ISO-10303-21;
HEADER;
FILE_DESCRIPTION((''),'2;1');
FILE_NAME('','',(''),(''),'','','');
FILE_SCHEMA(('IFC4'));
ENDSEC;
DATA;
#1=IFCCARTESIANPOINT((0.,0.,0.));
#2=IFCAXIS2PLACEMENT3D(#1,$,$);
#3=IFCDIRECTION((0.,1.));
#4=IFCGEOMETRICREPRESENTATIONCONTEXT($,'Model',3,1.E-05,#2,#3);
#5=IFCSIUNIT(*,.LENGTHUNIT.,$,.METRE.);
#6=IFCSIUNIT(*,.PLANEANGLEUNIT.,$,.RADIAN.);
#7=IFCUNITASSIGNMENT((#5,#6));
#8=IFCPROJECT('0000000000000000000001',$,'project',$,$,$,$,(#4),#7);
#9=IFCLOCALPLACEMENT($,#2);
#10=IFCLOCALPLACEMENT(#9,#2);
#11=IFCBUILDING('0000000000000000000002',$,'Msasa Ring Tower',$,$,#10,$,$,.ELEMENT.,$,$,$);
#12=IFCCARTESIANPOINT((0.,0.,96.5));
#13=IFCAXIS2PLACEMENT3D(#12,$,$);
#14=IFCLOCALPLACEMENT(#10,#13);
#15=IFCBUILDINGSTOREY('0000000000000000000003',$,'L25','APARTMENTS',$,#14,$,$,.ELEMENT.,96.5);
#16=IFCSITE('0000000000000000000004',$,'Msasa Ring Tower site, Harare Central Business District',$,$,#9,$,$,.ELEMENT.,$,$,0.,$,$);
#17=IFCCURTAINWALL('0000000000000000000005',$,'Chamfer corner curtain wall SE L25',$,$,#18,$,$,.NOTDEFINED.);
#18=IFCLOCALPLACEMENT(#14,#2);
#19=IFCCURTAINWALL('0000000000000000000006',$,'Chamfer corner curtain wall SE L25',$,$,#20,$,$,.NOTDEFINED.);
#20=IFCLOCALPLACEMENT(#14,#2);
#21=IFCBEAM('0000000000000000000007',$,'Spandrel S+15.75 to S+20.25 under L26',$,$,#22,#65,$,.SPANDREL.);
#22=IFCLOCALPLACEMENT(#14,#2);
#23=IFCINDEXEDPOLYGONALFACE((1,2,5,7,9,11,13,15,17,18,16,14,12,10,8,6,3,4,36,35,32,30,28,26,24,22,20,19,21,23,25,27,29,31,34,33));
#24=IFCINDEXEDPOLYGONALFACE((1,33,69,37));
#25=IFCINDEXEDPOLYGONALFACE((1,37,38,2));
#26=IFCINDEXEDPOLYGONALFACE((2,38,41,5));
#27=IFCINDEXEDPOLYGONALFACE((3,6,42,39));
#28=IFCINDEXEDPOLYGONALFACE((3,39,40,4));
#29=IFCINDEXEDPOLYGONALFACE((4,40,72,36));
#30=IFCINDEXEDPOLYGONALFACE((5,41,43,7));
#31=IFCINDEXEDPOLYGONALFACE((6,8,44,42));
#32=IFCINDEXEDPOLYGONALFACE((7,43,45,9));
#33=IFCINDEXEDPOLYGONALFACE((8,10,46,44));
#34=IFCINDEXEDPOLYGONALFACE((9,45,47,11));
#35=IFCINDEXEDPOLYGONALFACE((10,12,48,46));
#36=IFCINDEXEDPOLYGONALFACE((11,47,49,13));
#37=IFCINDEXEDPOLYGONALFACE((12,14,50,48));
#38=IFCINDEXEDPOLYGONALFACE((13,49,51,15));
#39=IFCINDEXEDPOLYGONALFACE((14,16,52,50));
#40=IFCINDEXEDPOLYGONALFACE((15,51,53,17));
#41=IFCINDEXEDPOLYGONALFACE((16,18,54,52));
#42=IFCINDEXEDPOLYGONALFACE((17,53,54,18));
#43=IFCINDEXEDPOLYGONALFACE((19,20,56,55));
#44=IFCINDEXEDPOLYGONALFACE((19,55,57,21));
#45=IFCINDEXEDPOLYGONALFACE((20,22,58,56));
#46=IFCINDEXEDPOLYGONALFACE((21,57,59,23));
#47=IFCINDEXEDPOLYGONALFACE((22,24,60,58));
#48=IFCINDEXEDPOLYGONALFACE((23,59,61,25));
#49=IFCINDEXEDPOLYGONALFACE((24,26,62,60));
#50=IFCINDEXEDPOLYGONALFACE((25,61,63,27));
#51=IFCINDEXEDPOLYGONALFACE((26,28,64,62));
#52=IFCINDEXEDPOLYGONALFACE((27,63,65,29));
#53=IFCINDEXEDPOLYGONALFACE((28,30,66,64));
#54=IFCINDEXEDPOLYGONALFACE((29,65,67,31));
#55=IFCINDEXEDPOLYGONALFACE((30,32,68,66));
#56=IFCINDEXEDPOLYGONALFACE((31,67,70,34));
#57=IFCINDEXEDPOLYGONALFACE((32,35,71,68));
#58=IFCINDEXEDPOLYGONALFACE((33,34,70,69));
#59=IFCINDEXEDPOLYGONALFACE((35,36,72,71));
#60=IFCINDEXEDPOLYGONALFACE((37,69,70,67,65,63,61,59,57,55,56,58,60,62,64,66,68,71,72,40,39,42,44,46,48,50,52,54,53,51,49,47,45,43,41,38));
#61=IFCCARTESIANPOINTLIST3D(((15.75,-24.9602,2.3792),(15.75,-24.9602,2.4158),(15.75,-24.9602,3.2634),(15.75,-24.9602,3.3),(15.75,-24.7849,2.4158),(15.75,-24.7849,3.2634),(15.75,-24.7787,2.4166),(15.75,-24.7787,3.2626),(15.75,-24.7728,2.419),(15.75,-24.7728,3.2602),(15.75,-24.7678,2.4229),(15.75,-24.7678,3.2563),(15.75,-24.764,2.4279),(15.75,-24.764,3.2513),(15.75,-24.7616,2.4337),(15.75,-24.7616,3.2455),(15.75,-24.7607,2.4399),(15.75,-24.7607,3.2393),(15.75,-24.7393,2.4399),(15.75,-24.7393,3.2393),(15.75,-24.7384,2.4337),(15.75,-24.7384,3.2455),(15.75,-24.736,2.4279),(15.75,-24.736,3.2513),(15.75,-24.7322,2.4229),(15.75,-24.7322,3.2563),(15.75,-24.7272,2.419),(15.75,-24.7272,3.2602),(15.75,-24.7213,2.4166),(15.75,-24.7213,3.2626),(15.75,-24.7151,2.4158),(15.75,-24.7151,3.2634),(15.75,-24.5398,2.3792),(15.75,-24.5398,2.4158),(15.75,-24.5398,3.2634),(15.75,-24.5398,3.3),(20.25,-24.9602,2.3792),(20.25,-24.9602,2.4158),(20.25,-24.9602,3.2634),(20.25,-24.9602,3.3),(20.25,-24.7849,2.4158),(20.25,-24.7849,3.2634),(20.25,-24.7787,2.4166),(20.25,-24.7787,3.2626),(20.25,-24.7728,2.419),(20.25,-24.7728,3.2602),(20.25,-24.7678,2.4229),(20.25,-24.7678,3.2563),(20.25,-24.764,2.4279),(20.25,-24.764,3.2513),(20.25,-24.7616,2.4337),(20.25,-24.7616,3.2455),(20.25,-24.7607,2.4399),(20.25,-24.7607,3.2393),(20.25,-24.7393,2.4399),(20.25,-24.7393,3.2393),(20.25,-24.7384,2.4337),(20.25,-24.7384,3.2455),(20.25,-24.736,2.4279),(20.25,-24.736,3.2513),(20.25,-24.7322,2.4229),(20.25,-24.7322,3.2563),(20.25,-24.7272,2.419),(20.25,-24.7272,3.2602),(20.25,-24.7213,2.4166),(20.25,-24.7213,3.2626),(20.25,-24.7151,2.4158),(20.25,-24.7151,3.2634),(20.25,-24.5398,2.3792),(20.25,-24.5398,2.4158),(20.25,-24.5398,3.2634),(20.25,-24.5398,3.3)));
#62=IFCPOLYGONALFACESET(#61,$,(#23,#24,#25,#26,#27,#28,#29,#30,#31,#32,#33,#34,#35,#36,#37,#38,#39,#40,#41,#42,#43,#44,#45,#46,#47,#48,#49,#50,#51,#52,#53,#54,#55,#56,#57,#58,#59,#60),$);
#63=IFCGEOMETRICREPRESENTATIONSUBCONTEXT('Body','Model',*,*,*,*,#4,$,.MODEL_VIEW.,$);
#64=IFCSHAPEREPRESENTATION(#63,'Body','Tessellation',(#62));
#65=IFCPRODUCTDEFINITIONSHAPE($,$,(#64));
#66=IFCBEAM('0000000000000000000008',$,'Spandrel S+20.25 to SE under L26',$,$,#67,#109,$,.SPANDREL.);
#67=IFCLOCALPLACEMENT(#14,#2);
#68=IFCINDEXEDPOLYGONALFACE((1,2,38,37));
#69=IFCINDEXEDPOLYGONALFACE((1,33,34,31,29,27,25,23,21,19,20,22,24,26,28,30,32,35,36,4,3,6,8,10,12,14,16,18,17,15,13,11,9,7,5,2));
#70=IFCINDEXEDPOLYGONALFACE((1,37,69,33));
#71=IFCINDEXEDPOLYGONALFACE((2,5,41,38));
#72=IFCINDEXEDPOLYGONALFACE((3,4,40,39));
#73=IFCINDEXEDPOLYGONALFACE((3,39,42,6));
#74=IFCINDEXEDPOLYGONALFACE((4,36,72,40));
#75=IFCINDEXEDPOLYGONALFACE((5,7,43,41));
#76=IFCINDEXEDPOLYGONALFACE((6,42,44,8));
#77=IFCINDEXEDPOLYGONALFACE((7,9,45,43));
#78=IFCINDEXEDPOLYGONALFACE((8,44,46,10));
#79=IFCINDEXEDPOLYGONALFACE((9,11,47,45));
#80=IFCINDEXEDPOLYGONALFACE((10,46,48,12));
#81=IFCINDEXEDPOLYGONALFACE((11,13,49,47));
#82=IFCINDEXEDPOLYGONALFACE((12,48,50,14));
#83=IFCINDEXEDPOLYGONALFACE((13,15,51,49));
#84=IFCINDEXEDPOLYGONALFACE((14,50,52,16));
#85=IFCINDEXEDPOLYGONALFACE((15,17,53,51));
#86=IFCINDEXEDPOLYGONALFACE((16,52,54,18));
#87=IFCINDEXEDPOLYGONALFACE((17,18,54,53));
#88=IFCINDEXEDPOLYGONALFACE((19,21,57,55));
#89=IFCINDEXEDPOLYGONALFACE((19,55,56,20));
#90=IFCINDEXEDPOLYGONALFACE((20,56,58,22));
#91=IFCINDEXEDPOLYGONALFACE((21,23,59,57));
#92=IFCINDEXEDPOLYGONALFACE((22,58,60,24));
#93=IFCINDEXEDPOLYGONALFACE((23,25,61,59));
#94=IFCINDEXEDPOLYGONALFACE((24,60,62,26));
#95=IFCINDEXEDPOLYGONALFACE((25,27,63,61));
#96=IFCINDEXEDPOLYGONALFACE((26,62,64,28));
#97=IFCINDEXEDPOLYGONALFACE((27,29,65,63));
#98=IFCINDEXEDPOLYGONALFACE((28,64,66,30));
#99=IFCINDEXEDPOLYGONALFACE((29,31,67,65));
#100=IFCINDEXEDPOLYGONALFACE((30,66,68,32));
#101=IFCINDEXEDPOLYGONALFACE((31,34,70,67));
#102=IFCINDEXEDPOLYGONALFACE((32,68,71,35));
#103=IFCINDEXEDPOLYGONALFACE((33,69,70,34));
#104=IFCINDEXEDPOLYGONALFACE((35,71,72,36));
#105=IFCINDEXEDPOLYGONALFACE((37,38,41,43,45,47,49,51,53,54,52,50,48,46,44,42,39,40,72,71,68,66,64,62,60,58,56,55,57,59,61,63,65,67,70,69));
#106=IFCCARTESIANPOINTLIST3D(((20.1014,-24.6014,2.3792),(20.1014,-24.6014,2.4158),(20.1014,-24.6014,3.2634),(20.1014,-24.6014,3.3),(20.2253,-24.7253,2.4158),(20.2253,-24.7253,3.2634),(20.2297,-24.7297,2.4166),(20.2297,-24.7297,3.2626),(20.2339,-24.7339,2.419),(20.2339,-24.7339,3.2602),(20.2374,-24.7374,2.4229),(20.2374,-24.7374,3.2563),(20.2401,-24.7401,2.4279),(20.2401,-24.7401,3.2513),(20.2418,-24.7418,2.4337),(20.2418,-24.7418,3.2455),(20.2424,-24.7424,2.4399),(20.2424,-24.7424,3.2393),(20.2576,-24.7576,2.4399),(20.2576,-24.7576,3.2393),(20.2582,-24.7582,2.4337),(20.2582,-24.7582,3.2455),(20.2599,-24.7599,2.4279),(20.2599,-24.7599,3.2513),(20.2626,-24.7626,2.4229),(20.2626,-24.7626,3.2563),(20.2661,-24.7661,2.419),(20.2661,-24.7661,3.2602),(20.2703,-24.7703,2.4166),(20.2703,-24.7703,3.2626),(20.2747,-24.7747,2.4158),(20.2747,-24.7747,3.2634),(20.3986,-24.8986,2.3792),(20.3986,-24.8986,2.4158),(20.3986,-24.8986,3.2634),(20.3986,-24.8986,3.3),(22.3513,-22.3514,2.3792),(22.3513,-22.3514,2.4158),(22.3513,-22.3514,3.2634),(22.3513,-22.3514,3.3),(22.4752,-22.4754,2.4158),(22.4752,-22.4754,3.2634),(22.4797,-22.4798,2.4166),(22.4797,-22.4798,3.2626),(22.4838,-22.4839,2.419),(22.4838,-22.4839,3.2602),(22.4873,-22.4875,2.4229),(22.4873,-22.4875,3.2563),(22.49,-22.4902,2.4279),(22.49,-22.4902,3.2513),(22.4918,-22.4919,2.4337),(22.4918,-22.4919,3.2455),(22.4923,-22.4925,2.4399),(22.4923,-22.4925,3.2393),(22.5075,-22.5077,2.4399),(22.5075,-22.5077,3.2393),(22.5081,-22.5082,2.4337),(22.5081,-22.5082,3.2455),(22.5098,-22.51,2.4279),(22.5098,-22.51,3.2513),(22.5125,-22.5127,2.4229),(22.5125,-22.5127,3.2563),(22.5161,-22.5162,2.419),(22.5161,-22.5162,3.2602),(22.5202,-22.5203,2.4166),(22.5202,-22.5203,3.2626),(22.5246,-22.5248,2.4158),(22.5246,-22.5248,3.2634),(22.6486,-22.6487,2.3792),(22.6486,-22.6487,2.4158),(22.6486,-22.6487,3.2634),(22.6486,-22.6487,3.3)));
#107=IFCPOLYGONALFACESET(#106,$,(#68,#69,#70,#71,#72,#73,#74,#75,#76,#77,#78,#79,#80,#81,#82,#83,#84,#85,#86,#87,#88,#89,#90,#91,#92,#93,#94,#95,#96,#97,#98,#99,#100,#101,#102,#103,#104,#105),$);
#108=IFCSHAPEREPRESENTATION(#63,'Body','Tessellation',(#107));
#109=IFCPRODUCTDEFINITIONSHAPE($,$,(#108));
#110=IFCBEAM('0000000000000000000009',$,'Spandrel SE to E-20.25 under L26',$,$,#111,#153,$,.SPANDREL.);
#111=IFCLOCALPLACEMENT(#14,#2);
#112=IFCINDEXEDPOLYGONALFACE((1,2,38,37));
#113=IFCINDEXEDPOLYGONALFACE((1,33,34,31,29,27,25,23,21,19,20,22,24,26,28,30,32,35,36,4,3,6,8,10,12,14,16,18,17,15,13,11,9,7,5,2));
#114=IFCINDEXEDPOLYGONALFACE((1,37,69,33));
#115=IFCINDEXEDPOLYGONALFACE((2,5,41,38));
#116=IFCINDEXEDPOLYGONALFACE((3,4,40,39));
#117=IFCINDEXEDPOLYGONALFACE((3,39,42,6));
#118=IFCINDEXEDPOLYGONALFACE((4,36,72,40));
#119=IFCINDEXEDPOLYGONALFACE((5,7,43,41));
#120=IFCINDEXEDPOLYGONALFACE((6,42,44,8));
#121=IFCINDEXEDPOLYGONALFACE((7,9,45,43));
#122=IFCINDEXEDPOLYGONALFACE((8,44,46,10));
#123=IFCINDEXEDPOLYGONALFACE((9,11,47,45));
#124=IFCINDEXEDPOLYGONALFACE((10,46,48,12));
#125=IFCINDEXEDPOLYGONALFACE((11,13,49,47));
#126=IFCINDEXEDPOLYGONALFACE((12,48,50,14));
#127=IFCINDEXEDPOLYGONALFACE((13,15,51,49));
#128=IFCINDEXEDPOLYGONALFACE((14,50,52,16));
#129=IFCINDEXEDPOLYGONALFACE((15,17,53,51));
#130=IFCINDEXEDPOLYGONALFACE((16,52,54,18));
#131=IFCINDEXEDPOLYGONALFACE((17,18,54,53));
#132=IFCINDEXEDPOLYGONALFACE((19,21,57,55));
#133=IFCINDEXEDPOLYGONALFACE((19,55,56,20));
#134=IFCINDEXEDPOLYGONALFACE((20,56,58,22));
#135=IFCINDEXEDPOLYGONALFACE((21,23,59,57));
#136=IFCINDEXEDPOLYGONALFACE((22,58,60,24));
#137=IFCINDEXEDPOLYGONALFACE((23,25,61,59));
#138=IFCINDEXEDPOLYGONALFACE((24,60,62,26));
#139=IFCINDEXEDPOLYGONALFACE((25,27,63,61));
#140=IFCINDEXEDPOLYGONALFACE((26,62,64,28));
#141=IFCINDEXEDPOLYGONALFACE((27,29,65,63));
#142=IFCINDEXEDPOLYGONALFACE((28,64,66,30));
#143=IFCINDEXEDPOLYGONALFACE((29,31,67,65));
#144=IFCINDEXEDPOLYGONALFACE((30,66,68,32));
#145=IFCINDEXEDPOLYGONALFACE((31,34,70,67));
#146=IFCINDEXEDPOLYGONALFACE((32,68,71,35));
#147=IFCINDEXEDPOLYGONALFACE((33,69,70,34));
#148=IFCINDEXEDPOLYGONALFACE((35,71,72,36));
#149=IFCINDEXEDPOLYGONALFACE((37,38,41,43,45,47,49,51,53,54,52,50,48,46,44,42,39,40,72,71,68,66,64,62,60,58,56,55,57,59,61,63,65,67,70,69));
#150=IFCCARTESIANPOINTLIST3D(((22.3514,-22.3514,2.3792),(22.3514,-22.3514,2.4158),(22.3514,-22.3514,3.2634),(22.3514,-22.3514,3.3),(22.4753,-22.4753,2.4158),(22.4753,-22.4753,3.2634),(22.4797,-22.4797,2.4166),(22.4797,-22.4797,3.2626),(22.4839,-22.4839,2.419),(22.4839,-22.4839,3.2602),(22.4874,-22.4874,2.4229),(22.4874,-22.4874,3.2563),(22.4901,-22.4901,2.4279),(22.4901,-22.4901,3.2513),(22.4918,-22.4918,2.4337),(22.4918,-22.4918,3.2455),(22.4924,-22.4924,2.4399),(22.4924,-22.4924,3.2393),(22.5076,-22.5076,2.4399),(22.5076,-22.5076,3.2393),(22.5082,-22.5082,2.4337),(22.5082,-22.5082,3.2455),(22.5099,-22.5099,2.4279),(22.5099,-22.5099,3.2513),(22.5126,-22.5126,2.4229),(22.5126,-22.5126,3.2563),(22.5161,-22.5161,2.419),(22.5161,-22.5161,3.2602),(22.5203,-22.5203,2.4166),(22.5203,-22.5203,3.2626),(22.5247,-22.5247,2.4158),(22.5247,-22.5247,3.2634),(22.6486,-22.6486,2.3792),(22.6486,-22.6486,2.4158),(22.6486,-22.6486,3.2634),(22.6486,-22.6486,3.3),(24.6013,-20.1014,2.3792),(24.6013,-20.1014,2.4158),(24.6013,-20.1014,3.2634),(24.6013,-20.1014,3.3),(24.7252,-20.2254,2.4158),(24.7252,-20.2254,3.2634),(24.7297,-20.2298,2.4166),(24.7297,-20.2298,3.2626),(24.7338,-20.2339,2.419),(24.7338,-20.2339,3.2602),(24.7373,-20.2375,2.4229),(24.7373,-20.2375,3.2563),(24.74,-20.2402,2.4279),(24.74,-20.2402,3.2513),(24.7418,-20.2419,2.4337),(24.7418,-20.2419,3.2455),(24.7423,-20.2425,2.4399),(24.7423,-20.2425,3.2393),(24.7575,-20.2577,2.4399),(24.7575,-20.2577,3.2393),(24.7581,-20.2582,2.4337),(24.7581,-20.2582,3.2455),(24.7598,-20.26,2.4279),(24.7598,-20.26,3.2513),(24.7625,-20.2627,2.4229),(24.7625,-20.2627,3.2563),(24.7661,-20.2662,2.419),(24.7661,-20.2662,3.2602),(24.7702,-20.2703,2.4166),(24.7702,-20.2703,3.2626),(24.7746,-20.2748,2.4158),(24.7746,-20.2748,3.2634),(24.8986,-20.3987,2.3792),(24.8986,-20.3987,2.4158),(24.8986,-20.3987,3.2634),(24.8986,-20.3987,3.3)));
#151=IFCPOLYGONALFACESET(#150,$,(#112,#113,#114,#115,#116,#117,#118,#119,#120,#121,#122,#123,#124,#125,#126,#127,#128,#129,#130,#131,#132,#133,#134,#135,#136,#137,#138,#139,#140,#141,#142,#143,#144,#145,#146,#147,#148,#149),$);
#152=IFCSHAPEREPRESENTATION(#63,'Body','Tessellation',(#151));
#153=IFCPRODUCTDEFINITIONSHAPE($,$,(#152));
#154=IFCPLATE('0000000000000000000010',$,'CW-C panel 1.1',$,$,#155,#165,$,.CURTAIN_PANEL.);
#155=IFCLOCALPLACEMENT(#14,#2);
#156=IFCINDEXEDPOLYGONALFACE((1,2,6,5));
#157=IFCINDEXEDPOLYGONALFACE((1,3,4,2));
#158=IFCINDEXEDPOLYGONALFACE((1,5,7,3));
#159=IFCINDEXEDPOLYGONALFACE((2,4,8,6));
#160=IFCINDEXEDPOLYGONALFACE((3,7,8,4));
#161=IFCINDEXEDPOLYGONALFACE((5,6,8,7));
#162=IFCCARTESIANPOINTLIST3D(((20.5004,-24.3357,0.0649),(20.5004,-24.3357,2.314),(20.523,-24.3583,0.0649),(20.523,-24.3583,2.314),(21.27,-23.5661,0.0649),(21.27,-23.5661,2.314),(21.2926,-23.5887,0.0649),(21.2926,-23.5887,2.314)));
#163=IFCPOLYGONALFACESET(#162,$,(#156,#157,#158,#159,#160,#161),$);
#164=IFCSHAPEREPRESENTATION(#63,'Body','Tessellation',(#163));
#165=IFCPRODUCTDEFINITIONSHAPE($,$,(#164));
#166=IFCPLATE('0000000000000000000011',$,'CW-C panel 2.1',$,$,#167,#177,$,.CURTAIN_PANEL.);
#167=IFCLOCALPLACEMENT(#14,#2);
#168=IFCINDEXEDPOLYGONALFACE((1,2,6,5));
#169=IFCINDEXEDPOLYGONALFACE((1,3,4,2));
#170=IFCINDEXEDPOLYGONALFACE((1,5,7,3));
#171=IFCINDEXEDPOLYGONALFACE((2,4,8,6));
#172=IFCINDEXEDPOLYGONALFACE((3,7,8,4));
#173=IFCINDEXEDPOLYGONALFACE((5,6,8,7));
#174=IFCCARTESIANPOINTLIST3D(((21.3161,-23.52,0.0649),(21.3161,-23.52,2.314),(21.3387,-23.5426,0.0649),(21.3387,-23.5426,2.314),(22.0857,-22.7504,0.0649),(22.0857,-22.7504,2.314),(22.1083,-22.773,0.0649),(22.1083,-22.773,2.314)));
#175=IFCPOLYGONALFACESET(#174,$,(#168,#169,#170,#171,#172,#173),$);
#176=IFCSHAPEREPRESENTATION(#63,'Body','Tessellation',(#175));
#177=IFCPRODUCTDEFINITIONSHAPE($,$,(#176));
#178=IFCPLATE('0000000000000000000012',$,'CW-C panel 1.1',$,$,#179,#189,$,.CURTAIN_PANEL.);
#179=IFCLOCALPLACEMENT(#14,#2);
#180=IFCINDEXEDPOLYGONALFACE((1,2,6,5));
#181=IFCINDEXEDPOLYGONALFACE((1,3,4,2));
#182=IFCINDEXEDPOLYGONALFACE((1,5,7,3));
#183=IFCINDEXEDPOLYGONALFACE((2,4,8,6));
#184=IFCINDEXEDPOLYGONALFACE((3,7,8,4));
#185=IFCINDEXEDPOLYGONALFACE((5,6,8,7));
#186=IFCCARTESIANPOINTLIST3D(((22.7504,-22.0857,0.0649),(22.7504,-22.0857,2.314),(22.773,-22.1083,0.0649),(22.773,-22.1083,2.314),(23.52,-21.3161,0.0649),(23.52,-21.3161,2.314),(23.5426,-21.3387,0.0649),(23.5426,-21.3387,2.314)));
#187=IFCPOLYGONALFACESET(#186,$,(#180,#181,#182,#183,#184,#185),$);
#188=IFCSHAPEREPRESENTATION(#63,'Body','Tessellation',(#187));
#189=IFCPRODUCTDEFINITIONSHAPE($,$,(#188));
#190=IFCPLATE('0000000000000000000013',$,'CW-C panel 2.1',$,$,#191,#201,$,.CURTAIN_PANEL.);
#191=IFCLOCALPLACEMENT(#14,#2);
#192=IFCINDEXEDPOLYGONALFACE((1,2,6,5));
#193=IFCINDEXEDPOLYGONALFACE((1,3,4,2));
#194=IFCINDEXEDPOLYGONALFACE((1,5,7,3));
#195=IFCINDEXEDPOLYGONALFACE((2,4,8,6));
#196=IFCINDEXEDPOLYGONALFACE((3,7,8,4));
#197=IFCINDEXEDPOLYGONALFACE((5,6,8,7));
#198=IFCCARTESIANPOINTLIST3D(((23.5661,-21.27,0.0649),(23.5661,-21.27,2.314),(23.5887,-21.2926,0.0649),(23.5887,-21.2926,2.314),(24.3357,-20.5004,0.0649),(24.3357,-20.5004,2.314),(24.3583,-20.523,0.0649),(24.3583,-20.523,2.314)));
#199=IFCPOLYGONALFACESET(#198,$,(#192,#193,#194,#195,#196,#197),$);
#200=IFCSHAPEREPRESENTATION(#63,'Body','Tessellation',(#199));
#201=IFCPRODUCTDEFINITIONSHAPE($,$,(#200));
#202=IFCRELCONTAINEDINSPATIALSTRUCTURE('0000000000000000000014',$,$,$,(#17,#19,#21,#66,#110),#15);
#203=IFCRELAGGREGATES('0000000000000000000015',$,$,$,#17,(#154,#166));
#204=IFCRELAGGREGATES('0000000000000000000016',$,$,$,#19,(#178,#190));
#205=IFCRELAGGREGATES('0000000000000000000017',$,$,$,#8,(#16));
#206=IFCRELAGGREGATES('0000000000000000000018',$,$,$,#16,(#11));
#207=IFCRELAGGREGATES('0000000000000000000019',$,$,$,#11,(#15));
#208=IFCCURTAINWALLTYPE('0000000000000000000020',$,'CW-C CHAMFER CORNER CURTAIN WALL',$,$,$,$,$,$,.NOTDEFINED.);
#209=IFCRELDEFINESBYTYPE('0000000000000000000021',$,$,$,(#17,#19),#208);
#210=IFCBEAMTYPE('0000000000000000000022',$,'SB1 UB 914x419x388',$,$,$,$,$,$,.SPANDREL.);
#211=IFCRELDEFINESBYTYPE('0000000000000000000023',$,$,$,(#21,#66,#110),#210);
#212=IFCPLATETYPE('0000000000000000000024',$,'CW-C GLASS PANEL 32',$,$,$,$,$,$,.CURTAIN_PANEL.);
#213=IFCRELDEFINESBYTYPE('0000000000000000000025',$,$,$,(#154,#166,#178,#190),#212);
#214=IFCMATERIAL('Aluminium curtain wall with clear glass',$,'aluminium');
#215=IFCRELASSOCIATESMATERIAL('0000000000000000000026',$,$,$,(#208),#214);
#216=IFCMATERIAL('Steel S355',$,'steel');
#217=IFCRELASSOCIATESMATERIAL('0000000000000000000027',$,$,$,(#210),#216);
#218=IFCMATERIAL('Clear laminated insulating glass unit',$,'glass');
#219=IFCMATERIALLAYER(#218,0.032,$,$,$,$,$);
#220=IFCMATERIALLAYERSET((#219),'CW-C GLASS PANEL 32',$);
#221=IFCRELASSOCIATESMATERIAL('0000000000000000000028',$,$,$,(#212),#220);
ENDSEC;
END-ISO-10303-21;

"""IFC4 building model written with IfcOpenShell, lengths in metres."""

from ifc_helpers import new_model, si_unit, direction, frame, origin, origin_2d, place, context, subcontext, project, spatial, rectangle, i_section, extrude, material, layer, layer_set, material_profile, profile_set, type_object, element, aggregate, save


model = new_model("IFC4")

# Units and contexts
model_context = context("Model", 3, precision=1e-05, world=origin(), true_north=direction((0.0, 1.0)))
body_context = subcontext(model_context, "Body", "Model", "MODEL_VIEW")
ifc_project = project(units=[si_unit("LENGTHUNIT", "METRE"), si_unit("PLANEANGLEUNIT", "RADIAN")], contexts=[model_context])

# Site, building, storey
site_placement = place(None, origin())
site = spatial("IfcSite", under=ifc_project, at=site_placement, Name="Msasa Ring Tower site, Harare Central Business District", CompositionType="ELEMENT", RefElevation=0.0)
building_placement = place(site_placement, origin())
building = spatial("IfcBuilding", under=site, at=building_placement, Name="Msasa Ring Tower", CompositionType="ELEMENT")
storey_placement = place(building_placement, frame((0.0, 0.0, 96.5)))
storey = spatial("IfcBuildingStorey", under=building, at=storey_placement, Name="L25", Description="APARTMENTS", CompositionType="ELEMENT", Elevation=96.5)

# Curtain walls
ifc_material_1 = material(Name="Aluminium curtain wall with clear glass", Category="aluminium")
curtain_wall_type = type_object("IfcCurtainWallType", Name="CW-C CHAMFER CORNER CURTAIN WALL", PredefinedType="NOTDEFINED", material=ifc_material_1)
curtain_wall_1_placement = place(storey_placement, origin())
curtain_wall_1 = element("IfcCurtainWall", 1, at=curtain_wall_1_placement, inside=storey, type_object=curtain_wall_type, Name="Chamfer corner curtain wall SE L25", PredefinedType="NOTDEFINED")
curtain_wall_2_placement = place(storey_placement, origin())
curtain_wall_2 = element("IfcCurtainWall", 2, at=curtain_wall_2_placement, inside=storey, type_object=curtain_wall_type, Name="Chamfer corner curtain wall SE L25", PredefinedType="NOTDEFINED")

# Beams
ifc_material_2 = material(Name="Steel S355", Category="steel")
ifc_material_profile_1 = material_profile(ifc_material_2, i_section(OverallWidth=0.4204, OverallDepth=0.9209, WebThickness=0.0215, FlangeThickness=0.0366, FilletRadius=0.0242, at=origin_2d()), Name="UB 914x419x388")
ifc_profile_set_1 = profile_set([ifc_material_profile_1], Name="Steel S355")
beam_type_1 = type_object("IfcBeamType", Name="SB1 UB 914x419x388", PredefinedType="SPANDREL", material=ifc_profile_set_1)
beam_1_placement = place(storey_placement, frame((15.75, -24.75, 2.8396), z_axis=(1.0, 0.0, 0.0), x_axis=(0.0, 1.0, 0.0)))
element("IfcBeam", 3, at=beam_1_placement, inside=storey, type_object=beam_type_1, Name="Spandrel S+15.75 to S+20.25 under L26", PredefinedType="SPANDREL", context=body_context, shape_type="SweptSolid", body=[
    extrude(i_section(OverallWidth=0.4204, OverallDepth=0.9209, WebThickness=0.0215, FlangeThickness=0.0366, FilletRadius=0.0242, at=origin_2d()), origin(), (0.0, 0.0, 1.0), 4.5),
])
for number, where, z_axis, x_axis, name in (
    (4, (20.25, -24.75, 2.8396), (0.707107, 0.707107, 0.0), (-0.707107, 0.707107, 0.0), "Spandrel S+20.25 to SE under L26"),
    (5, (22.5, -22.5, 2.8396), (0.707107, 0.707107, 0.0), (-0.707107, 0.707107, 0.0), "Spandrel SE to E-20.25 under L26"),
):
    element("IfcBeam", number, at=place(storey_placement, frame(where, z_axis=z_axis, x_axis=x_axis)), inside=storey, type_object=beam_type_1, Name=name, PredefinedType="SPANDREL", context=body_context, shape_type="SweptSolid", body=[
        extrude(i_section(OverallWidth=0.4204, OverallDepth=0.9209, WebThickness=0.0215, FlangeThickness=0.0366, FilletRadius=0.0242, at=origin_2d()), origin(), (0.0, 0.0, 1.0), 3.1819),
    ])

# Plates
ifc_material_3 = material(Name="Clear laminated insulating glass unit", Category="glass")
ifc_layer_1 = layer(ifc_material_3, 0.032)
ifc_layer_set_1 = layer_set([ifc_layer_1], Name="CW-C GLASS PANEL 32")
plate_type = type_object("IfcPlateType", Name="CW-C GLASS PANEL 32", PredefinedType="CURTAIN_PANEL", material=ifc_layer_set_1)
plate_1_placement = place(storey_placement, frame((20.8965, -23.9622, 0.0649), z_axis=(0.0, 0.0, 1.0), x_axis=(0.707107, 0.707107, 0.0)))
plate_1 = element("IfcPlate", 6, at=plate_1_placement, type_object=plate_type, Name="CW-C panel 1.1", PredefinedType="CURTAIN_PANEL", context=body_context, shape_type="SweptSolid", body=[
    extrude(rectangle(XDim=1.0884, YDim=0.032, at=origin_2d()), origin(), (0.0, 0.0, 1.0), 2.249),
])
plate_2_placement = place(storey_placement, frame((21.7122, -23.1465, 0.0649), z_axis=(0.0, 0.0, 1.0), x_axis=(0.707107, 0.707107, 0.0)))
plate_2 = element("IfcPlate", 7, at=plate_2_placement, type_object=plate_type, Name="CW-C panel 2.1", PredefinedType="CURTAIN_PANEL", context=body_context, shape_type="SweptSolid", body=[
    extrude(rectangle(XDim=1.0884, YDim=0.032, at=origin_2d()), origin(), (0.0, 0.0, 1.0), 2.249),
])
aggregate(curtain_wall_1, [plate_1, plate_2])
plate_3_placement = place(storey_placement, frame((23.1465, -21.7122, 0.0649), z_axis=(0.0, 0.0, 1.0), x_axis=(0.707107, 0.707107, 0.0)))
plate_3 = element("IfcPlate", 8, at=plate_3_placement, type_object=plate_type, Name="CW-C panel 1.1", PredefinedType="CURTAIN_PANEL", context=body_context, shape_type="SweptSolid", body=[
    extrude(rectangle(XDim=1.0884, YDim=0.032, at=origin_2d()), origin(), (0.0, 0.0, 1.0), 2.249),
])
plate_4_placement = place(storey_placement, frame((23.9622, -20.8965, 0.0649), z_axis=(0.0, 0.0, 1.0), x_axis=(0.707107, 0.707107, 0.0)))
plate_4 = element("IfcPlate", 9, at=plate_4_placement, type_object=plate_type, Name="CW-C panel 2.1", PredefinedType="CURTAIN_PANEL", context=body_context, shape_type="SweptSolid", body=[
    extrude(rectangle(XDim=1.0884, YDim=0.032, at=origin_2d()), origin(), (0.0, 0.0, 1.0), 2.249),
])
aggregate(curtain_wall_2, [plate_3, plate_4])

save(model, "model.ifc")
